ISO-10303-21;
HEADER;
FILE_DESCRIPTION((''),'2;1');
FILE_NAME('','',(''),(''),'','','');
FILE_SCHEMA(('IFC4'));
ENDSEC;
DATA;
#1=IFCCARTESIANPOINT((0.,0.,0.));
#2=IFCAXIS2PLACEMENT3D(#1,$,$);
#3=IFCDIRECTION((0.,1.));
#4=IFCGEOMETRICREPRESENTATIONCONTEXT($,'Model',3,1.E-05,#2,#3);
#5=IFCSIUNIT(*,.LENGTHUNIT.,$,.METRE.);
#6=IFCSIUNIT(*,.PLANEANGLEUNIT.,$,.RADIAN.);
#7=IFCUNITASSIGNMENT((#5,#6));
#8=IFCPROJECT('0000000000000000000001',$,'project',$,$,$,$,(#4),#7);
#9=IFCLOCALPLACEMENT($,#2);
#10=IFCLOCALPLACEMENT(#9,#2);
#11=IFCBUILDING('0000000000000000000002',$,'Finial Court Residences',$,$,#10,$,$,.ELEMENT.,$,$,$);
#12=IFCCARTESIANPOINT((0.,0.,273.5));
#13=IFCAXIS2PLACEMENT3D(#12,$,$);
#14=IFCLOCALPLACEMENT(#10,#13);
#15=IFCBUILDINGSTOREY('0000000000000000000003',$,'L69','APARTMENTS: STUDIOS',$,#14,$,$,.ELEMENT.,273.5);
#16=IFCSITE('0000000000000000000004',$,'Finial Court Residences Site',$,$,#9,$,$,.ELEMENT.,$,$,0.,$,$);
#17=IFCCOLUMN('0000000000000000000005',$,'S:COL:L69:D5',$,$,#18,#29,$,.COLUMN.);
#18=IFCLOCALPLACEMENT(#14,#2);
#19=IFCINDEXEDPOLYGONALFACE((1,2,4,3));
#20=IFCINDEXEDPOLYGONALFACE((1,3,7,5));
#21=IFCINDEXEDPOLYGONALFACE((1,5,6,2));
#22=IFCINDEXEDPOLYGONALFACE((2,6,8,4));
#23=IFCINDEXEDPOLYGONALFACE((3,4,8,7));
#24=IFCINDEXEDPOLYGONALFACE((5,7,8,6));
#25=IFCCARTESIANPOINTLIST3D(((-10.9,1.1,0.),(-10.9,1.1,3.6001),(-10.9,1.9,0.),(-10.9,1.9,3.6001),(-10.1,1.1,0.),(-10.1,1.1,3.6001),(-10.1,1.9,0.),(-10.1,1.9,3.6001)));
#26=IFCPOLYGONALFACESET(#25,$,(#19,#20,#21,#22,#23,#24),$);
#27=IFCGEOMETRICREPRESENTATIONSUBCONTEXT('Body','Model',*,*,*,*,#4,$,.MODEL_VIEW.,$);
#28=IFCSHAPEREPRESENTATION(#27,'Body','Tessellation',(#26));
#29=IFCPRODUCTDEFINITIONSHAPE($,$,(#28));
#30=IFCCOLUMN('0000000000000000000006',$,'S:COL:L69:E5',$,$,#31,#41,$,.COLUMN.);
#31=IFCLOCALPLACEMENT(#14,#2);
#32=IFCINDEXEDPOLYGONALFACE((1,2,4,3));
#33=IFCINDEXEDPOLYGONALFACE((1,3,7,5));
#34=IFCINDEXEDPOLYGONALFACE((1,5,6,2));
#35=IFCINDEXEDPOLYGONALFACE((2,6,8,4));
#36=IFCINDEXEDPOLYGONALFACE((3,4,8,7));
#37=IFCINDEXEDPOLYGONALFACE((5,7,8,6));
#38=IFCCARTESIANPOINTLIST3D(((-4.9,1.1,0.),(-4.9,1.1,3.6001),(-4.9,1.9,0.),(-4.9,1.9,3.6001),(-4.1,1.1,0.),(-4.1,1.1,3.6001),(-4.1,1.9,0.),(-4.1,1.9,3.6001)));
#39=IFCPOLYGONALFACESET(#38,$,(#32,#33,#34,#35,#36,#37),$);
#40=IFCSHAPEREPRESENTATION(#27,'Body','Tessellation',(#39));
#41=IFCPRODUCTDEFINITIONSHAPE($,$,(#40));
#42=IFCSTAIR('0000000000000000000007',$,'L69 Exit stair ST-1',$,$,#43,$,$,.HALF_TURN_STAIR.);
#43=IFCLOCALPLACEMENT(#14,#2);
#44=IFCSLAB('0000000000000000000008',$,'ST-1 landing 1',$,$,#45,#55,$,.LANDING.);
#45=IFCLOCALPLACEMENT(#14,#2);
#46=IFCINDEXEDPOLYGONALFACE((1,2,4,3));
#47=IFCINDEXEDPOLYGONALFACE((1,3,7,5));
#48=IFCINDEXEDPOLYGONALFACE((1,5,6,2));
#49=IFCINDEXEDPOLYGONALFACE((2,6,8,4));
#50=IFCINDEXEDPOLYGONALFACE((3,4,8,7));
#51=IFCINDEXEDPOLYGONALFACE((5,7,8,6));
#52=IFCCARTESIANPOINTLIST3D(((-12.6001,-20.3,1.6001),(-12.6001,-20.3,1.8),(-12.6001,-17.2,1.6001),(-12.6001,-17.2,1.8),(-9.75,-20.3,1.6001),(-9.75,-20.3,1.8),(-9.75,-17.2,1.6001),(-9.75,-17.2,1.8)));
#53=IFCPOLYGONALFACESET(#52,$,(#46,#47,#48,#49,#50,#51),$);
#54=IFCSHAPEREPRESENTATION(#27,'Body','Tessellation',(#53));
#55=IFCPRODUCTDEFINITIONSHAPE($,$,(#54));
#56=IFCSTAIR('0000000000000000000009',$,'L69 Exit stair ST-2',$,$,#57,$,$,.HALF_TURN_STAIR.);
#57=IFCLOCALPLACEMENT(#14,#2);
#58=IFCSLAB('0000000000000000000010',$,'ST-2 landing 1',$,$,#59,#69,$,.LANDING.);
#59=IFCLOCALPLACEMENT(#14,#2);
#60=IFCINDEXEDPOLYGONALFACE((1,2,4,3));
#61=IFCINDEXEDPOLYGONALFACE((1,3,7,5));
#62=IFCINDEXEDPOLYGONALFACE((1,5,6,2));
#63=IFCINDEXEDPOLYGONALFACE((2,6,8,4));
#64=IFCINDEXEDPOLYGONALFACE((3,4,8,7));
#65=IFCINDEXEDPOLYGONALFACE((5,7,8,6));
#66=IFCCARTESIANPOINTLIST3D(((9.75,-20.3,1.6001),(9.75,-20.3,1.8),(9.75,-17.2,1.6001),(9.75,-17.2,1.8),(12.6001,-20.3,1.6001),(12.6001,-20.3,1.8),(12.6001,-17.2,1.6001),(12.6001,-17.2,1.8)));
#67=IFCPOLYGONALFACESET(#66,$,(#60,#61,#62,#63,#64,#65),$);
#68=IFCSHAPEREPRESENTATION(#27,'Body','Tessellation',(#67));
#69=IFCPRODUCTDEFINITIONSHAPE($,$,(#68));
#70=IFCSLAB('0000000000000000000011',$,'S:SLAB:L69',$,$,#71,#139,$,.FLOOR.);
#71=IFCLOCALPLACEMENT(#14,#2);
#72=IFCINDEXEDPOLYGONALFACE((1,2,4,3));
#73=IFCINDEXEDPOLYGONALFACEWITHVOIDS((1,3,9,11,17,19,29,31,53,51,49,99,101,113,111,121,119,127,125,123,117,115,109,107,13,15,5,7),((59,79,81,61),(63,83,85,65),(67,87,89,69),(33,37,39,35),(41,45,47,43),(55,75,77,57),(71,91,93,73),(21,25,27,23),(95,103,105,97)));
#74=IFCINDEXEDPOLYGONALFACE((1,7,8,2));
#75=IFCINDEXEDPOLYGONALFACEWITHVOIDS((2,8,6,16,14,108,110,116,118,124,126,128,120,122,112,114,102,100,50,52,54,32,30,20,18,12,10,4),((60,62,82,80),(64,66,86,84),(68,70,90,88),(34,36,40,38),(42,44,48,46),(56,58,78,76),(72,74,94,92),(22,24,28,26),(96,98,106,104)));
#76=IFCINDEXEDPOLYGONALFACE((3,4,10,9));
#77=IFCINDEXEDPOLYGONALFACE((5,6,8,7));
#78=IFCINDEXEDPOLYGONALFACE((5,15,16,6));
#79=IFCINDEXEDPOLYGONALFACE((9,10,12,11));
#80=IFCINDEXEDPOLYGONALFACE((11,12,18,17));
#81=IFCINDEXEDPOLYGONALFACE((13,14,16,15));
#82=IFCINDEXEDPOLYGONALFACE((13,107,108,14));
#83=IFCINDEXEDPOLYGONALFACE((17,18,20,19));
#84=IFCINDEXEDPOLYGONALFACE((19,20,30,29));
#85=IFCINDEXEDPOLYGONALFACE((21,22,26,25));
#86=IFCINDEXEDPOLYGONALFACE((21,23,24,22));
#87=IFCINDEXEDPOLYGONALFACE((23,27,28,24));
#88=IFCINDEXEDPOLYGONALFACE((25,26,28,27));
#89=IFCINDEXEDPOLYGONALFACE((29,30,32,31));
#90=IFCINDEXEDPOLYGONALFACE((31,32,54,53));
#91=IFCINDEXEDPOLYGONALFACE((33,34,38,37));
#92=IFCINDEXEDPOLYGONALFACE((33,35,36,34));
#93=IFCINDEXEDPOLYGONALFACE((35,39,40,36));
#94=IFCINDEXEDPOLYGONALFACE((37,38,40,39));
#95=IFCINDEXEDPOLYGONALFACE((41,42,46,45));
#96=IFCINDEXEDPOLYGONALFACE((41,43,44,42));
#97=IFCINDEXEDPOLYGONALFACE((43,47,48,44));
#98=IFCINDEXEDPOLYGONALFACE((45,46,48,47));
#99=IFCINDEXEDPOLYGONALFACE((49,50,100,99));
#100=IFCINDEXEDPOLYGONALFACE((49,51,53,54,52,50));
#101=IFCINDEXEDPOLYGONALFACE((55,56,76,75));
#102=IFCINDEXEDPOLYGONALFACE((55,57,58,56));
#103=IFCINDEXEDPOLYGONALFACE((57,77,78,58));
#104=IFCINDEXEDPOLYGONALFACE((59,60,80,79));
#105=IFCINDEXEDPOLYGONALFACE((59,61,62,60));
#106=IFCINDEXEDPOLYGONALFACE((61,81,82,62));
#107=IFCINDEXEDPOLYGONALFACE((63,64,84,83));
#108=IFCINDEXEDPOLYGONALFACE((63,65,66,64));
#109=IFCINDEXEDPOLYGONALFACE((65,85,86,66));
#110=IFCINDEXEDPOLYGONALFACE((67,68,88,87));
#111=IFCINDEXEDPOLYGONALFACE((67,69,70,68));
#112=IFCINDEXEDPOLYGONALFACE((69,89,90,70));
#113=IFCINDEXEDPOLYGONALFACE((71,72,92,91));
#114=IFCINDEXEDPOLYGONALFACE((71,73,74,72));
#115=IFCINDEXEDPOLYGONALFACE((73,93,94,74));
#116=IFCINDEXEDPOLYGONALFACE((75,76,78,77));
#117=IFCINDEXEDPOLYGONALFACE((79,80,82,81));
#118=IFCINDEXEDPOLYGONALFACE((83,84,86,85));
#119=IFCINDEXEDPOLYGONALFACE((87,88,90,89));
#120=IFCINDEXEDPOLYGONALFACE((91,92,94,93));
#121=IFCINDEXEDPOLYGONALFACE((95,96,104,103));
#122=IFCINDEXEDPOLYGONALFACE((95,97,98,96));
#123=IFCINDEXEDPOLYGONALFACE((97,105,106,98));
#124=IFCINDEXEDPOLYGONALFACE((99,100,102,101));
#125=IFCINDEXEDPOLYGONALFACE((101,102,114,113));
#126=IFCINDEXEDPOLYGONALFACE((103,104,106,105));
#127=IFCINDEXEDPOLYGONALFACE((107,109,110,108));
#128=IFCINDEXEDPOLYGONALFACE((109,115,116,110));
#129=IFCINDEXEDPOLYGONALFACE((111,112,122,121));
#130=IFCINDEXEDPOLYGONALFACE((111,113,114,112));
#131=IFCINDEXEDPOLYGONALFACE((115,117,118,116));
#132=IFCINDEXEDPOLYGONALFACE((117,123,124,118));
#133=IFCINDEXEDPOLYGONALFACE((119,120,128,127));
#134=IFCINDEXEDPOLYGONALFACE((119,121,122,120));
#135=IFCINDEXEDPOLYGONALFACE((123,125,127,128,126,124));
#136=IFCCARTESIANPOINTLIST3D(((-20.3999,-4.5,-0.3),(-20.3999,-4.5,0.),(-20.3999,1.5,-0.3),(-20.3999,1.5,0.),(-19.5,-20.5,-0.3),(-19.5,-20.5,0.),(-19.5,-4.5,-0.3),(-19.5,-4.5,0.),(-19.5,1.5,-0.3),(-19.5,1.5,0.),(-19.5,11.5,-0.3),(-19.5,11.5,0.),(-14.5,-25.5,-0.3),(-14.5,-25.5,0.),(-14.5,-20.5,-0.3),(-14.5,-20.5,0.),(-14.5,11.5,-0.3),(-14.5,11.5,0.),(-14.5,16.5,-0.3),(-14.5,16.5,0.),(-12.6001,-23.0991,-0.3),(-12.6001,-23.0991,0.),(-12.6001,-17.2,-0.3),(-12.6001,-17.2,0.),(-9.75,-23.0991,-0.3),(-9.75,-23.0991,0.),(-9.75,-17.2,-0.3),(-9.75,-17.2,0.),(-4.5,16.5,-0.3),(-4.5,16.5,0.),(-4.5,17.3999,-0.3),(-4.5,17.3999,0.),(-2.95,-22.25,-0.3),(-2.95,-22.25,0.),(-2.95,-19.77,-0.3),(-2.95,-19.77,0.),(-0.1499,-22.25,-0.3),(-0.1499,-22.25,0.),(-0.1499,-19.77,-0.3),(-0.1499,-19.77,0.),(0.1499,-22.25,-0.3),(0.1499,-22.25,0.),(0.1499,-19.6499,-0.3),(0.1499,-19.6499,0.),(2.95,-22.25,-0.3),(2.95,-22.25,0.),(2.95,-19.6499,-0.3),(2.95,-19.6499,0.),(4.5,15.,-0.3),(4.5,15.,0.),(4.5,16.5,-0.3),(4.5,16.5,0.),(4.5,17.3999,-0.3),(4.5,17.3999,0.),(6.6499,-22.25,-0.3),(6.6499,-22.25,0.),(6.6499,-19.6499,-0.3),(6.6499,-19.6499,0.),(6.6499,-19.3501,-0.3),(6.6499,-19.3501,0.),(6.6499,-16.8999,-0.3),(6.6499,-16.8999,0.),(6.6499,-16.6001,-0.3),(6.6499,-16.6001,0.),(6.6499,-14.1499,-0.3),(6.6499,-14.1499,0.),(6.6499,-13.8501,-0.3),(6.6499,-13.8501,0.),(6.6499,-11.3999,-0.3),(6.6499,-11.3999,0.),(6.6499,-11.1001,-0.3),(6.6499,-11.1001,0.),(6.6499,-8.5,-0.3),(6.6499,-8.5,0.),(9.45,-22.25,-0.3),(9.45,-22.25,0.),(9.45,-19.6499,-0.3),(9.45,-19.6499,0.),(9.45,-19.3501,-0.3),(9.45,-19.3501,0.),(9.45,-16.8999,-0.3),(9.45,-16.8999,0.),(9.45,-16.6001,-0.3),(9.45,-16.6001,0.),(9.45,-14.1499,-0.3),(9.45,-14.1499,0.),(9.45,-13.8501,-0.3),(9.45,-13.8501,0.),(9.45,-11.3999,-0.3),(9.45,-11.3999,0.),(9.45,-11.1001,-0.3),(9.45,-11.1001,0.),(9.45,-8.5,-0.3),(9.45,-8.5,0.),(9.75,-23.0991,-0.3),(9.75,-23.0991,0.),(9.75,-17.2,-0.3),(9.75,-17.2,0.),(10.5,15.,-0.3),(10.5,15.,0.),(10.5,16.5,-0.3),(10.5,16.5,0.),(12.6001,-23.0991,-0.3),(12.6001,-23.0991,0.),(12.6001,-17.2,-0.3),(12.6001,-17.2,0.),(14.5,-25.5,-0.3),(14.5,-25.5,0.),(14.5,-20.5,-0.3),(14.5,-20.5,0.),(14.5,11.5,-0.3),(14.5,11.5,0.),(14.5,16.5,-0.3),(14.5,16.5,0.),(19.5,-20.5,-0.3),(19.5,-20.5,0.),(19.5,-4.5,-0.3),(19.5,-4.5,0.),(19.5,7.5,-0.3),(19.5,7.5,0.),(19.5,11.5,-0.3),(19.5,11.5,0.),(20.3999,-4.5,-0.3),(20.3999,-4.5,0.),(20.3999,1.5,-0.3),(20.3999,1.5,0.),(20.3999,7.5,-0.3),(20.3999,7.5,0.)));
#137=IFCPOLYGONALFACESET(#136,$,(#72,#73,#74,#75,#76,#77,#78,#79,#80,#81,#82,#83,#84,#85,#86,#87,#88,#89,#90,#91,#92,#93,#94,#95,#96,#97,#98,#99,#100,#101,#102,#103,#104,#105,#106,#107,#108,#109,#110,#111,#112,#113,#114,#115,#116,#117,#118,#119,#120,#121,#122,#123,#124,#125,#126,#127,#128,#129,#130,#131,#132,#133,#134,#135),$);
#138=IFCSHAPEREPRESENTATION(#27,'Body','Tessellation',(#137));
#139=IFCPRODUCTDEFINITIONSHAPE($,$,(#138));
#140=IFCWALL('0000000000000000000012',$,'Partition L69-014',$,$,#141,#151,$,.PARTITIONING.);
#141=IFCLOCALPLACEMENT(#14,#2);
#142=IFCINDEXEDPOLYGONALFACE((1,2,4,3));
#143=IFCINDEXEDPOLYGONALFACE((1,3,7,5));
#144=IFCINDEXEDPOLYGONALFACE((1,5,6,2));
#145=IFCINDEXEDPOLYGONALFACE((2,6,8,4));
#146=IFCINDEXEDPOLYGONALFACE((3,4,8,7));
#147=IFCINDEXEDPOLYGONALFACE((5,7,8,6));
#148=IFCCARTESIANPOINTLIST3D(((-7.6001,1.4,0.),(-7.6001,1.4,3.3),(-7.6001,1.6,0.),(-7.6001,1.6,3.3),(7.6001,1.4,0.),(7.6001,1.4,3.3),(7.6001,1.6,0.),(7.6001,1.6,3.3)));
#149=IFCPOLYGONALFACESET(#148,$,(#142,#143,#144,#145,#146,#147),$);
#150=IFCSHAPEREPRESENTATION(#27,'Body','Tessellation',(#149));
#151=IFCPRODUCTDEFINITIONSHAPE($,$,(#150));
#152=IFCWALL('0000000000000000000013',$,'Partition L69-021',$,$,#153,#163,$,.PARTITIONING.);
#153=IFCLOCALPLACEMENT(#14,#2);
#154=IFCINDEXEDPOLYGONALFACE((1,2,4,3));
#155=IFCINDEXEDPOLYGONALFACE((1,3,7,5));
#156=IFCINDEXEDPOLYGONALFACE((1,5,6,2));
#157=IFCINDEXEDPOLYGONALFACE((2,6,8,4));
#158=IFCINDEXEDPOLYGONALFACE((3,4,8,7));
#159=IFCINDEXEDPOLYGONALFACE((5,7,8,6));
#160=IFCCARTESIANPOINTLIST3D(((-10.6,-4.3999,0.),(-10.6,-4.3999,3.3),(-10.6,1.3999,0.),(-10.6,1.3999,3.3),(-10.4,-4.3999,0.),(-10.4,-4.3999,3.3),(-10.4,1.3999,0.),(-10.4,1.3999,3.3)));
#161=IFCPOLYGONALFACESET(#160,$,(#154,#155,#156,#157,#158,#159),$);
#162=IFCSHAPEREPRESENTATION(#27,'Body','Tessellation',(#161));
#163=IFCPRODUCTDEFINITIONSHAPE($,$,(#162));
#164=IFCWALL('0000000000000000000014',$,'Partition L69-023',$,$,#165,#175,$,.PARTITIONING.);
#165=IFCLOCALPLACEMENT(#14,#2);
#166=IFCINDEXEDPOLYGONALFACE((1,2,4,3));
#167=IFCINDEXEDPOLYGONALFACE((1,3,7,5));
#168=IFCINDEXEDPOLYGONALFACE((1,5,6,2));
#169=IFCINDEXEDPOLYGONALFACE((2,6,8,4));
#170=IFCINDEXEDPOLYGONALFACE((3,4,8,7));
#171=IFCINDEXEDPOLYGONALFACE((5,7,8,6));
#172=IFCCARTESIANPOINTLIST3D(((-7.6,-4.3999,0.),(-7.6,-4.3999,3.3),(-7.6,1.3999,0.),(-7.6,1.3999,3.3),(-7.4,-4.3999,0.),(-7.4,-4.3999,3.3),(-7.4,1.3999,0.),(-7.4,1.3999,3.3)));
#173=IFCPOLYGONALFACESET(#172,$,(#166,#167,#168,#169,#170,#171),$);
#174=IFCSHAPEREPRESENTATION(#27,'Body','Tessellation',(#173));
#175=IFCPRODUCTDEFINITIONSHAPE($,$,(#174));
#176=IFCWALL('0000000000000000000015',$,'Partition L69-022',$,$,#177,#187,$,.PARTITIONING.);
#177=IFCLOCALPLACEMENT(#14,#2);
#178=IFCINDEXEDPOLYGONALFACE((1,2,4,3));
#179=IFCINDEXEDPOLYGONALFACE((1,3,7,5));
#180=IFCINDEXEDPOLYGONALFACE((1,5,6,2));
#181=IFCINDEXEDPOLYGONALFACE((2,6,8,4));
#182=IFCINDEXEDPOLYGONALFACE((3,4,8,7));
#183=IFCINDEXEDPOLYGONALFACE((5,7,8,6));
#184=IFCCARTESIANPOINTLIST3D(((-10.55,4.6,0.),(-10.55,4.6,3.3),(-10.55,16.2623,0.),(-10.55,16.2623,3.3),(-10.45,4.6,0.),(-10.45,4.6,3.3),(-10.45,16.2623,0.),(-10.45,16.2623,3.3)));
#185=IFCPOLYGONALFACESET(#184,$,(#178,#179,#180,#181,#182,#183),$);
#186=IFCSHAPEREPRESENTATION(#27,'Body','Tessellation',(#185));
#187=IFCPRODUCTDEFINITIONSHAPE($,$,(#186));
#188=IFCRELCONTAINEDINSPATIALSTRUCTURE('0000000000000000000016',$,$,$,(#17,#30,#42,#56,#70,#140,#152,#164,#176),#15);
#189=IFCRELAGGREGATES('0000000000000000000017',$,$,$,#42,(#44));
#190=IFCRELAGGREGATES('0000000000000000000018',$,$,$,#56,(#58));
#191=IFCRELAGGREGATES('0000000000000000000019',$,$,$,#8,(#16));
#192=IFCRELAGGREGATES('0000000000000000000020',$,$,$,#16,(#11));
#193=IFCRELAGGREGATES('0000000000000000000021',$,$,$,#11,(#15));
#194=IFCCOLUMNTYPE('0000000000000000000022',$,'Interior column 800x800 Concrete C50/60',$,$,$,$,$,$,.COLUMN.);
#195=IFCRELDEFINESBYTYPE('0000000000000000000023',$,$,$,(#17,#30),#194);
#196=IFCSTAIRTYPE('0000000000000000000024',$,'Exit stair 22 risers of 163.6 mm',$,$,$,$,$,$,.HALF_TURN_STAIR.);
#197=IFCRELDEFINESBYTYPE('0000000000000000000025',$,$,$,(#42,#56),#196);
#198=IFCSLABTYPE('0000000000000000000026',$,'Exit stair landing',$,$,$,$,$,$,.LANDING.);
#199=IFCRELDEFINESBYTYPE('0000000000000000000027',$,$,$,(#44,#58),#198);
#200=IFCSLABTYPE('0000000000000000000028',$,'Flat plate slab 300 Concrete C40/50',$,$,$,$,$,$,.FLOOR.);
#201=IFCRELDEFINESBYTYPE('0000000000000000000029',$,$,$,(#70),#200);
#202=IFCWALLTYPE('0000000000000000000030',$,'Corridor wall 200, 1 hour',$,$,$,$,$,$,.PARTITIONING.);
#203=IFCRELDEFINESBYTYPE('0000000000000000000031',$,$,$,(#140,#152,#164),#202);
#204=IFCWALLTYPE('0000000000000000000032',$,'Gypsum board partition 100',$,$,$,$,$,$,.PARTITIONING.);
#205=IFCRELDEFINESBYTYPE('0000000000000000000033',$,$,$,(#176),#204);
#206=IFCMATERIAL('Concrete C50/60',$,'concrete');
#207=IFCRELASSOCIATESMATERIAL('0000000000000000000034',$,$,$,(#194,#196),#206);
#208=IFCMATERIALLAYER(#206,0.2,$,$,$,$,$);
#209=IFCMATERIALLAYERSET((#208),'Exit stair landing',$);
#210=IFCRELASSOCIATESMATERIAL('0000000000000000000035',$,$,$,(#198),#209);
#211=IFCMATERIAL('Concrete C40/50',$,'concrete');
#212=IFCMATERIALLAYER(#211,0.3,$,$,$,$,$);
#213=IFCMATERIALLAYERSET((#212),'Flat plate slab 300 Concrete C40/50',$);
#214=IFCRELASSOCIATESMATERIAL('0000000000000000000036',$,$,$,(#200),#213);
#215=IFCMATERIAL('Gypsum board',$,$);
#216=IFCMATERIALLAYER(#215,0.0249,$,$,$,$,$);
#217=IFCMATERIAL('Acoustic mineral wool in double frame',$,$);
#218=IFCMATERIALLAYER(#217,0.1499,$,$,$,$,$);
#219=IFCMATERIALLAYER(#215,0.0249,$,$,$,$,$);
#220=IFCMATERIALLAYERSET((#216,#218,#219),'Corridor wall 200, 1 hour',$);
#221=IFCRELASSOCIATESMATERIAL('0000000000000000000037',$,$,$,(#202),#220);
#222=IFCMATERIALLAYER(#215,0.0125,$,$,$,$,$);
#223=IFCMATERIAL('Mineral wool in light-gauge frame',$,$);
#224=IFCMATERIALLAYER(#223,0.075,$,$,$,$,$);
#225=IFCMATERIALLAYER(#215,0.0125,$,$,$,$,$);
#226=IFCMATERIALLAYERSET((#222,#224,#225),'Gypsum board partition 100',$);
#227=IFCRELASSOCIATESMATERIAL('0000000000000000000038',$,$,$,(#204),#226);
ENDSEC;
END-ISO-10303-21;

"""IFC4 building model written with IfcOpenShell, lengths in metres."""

from ifc_helpers import new_model, si_unit, direction, frame, frame_2d, origin, origin_2d, place, context, subcontext, project, spatial, polyline, rectangle, outline, extrude, material, layer, layer_set, material_profile, profile_set, type_object, element, aggregate, save


model = new_model("IFC4")

# Units and contexts
model_context = context("Model", 3, precision=1e-05, world=origin(), true_north=direction((0.0, 1.0)))
body_context = subcontext(model_context, "Body", "Model", "MODEL_VIEW")
ifc_project = project(units=[si_unit("LENGTHUNIT", "METRE"), si_unit("PLANEANGLEUNIT", "RADIAN")], contexts=[model_context])

# Site, building, storey
site_placement = place(None, origin())
site = spatial("IfcSite", under=ifc_project, at=site_placement, Name="Finial Court Residences Site", CompositionType="ELEMENT", RefElevation=0.0)
building_placement = place(site_placement, origin())
building = spatial("IfcBuilding", under=site, at=building_placement, Name="Finial Court Residences", CompositionType="ELEMENT")
storey_placement = place(building_placement, frame((0.0, 0.0, 273.5)))
storey = spatial("IfcBuildingStorey", under=building, at=storey_placement, Name="L69", Description="APARTMENTS: STUDIOS", CompositionType="ELEMENT", Elevation=273.5)

# Columns
ifc_material_1 = material(Name="Concrete C50/60", Category="concrete")
ifc_material_profile = material_profile(ifc_material_1, rectangle(XDim=0.8, YDim=0.8, at=origin_2d()), Name="800x800")
ifc_profile_set = profile_set([ifc_material_profile], Name="Concrete C50/60")
column_type = type_object("IfcColumnType", Name="Interior column 800x800 Concrete C50/60", PredefinedType="COLUMN", material=ifc_profile_set)
for number, where, z_axis, x_axis, name in (
    (1, (-10.5, 1.5, 0.0), (0.0, 0.0, 1.0), (1.0, 0.0, 0.0), "S:COL:L69:D5"),
    (2, (-4.5, 1.5, 0.0), (0.0, 0.0, 1.0), (1.0, 0.0, 0.0), "S:COL:L69:E5"),
):
    element("IfcColumn", number, at=place(storey_placement, frame(where, z_axis=z_axis, x_axis=x_axis)), inside=storey, type_object=column_type, Name=name, PredefinedType="COLUMN", context=body_context, shape_type="SweptSolid", body=[
        extrude(rectangle(XDim=0.8, YDim=0.8, at=origin_2d()), origin(), (0.0, 0.0, 1.0), 3.6001),
    ])

# Stairs, slabs
stair_type = type_object("IfcStairType", Name="Exit stair 22 risers of 163.6 mm", PredefinedType="HALF_TURN_STAIR", material=ifc_material_1)
stair_1_placement = place(storey_placement, origin())
stair_1 = element("IfcStair", 3, at=stair_1_placement, inside=storey, type_object=stair_type, Name="L69 Exit stair ST-1", PredefinedType="HALF_TURN_STAIR")
ifc_layer_1 = layer(ifc_material_1, 0.2)
ifc_layer_set_1 = layer_set([ifc_layer_1], Name="Exit stair landing")
slab_type_1 = type_object("IfcSlabType", Name="Exit stair landing", PredefinedType="LANDING", material=ifc_layer_set_1)
slab_1_placement = place(storey_placement, frame((0.0, 0.0, 1.6001)))
slab_1 = element("IfcSlab", 4, at=slab_1_placement, type_object=slab_type_1, Name="ST-1 landing 1", PredefinedType="LANDING", context=body_context, shape_type="SweptSolid", body=[
    extrude(outline(polyline([(-9.75, -20.3), (-9.75, -17.2), (-12.6001, -17.2), (-12.6001, -20.3), (-9.75, -20.3)])), origin(), (0.0, 0.0, 1.0), 0.2),
])
aggregate(stair_1, [slab_1])
stair_2_placement = place(storey_placement, origin())
stair_2 = element("IfcStair", 5, at=stair_2_placement, inside=storey, type_object=stair_type, Name="L69 Exit stair ST-2", PredefinedType="HALF_TURN_STAIR")
slab_2_placement = place(storey_placement, frame((0.0, 0.0, 1.6001)))
slab_2 = element("IfcSlab", 6, at=slab_2_placement, type_object=slab_type_1, Name="ST-2 landing 1", PredefinedType="LANDING", context=body_context, shape_type="SweptSolid", body=[
    extrude(outline(polyline([(12.6001, -20.3), (12.6001, -17.2), (9.75, -17.2), (9.75, -20.3), (12.6001, -20.3)])), origin(), (0.0, 0.0, 1.0), 0.2),
])
aggregate(stair_2, [slab_2])

# Slab
ifc_material_2 = material(Name="Concrete C40/50", Category="concrete")
ifc_layer_2 = layer(ifc_material_2, 0.3)
ifc_layer_set_2 = layer_set([ifc_layer_2], Name="Flat plate slab 300 Concrete C40/50")
slab_type_2 = type_object("IfcSlabType", Name="Flat plate slab 300 Concrete C40/50", PredefinedType="FLOOR", material=ifc_layer_set_2)
slab_3_placement = place(storey_placement, frame((0.0, 0.0, -0.3)))
element("IfcSlab", 7, at=slab_3_placement, inside=storey, type_object=slab_type_2, Name="S:SLAB:L69", PredefinedType="FLOOR", context=body_context, shape_type="SweptSolid", body=[
    extrude(outline(polyline([(-20.3999, -4.5), (-20.3999, 1.5), (-19.5, 1.5), (-19.5, 11.5), (-14.5, 11.5), (-14.5, 16.5), (-4.5, 16.5), (-4.5, 17.3999), (4.5, 17.3999), (4.5, 16.5), (4.5, 15.0), (10.5, 15.0), (10.5, 16.5), (14.5, 16.5), (14.5, 11.5), (19.5, 11.5), (19.5, 7.5), (20.3999, 7.5), (20.3999, 1.5), (20.3999, -4.5), (19.5, -4.5), (19.5, -20.5), (14.5, -20.5), (14.5, -25.5), (-14.5, -25.5), (-14.5, -20.5), (-19.5, -20.5), (-19.5, -4.5), (-20.3999, -4.5)]), holes=[polyline([(-0.1499, -19.77), (-2.95, -19.77), (-2.95, -22.25), (-0.1499, -22.25), (-0.1499, -19.77)]), polyline([(2.95, -19.6499), (0.1499, -19.6499), (0.1499, -22.25), (2.95, -22.25), (2.95, -19.6499)]), polyline([(9.45, -19.6499), (6.6499, -19.6499), (6.6499, -22.25), (9.45, -22.25), (9.45, -19.6499)]), polyline([(-12.6001, -17.2), (-12.6001, -23.0991), (-9.75, -23.0991), (-9.75, -17.2), (-12.6001, -17.2)]), polyline([(9.75, -17.2), (9.75, -23.0991), (12.6001, -23.0991), (12.6001, -17.2), (9.75, -17.2)]), polyline([(9.45, -16.8999), (6.6499, -16.8999), (6.6499, -19.3501), (9.45, -19.3501), (9.45, -16.8999)]), polyline([(9.45, -14.1499), (6.6499, -14.1499), (6.6499, -16.6001), (9.45, -16.6001), (9.45, -14.1499)]), polyline([(9.45, -13.8501), (9.45, -11.3999), (6.6499, -11.3999), (6.6499, -13.8501), (9.45, -13.8501)]), polyline([(9.45, -11.1001), (9.45, -8.5), (6.6499, -8.5), (6.6499, -11.1001), (9.45, -11.1001)])]), origin(), (0.0, 0.0, 1.0), 0.3),
])

# Walls
ifc_material_3 = material(Name="Gypsum board")
ifc_layer_3 = layer(ifc_material_3, 0.0249)
ifc_material_4 = material(Name="Acoustic mineral wool in double frame")
ifc_layer_4 = layer(ifc_material_4, 0.1499)
ifc_layer_5 = layer(ifc_material_3, 0.0249)
ifc_layer_set_3 = layer_set([ifc_layer_3, ifc_layer_4, ifc_layer_5], Name="Corridor wall 200, 1 hour")
wall_type_1 = type_object("IfcWallType", Name="Corridor wall 200, 1 hour", PredefinedType="PARTITIONING", material=ifc_layer_set_3)
wall_1_placement = place(storey_placement, frame((-7.6001, 1.5, 0.0), z_axis=(0.0, 0.0, 1.0), x_axis=(1.0, 0.0, 0.0)))
element("IfcWall", 8, at=wall_1_placement, inside=storey, type_object=wall_type_1, Name="Partition L69-014", PredefinedType="PARTITIONING", context=body_context, shape_type="SweptSolid", body=[
    extrude(rectangle(XDim=15.2002, YDim=0.2, at=frame_2d((7.6001, 0.0))), origin(), (0.0, 0.0, 1.0), 3.3),
])
for number, where, z_axis, x_axis, name in (
    (9, (-10.5, -4.3999, 0.0), (0.0, 0.0, 1.0), (0.0, 1.0, 0.0), "Partition L69-021"),
    (10, (-7.5, -4.3999, 0.0), (0.0, 0.0, 1.0), (0.0, 1.0, 0.0), "Partition L69-023"),
):
    element("IfcWall", number, at=place(storey_placement, frame(where, z_axis=z_axis, x_axis=x_axis)), inside=storey, type_object=wall_type_1, Name=name, PredefinedType="PARTITIONING", context=body_context, shape_type="SweptSolid", body=[
        extrude(rectangle(XDim=5.7998, YDim=0.2, at=frame_2d((2.8999, 0.0))), origin(), (0.0, 0.0, 1.0), 3.3),
    ])
ifc_layer_6 = layer(ifc_material_3, 0.0125)
ifc_material_5 = material(Name="Mineral wool in light-gauge frame")
ifc_layer_7 = layer(ifc_material_5, 0.075)
ifc_layer_8 = layer(ifc_material_3, 0.0125)
ifc_layer_set_4 = layer_set([ifc_layer_6, ifc_layer_7, ifc_layer_8], Name="Gypsum board partition 100")
wall_type_2 = type_object("IfcWallType", Name="Gypsum board partition 100", PredefinedType="PARTITIONING", material=ifc_layer_set_4)
wall_2_placement = place(storey_placement, frame((-10.5, 4.6001, 0.0), z_axis=(0.0, 0.0, 1.0), x_axis=(0.0, 1.0, 0.0)))
element("IfcWall", 11, at=wall_2_placement, inside=storey, type_object=wall_type_2, Name="Partition L69-022", PredefinedType="PARTITIONING", context=body_context, shape_type="SweptSolid", body=[
    extrude(rectangle(XDim=11.6624, YDim=0.1001, at=frame_2d((5.8311, 0.0))), origin(), (0.0, 0.0, 1.0), 3.3),
])

save(model, "model.ifc")
